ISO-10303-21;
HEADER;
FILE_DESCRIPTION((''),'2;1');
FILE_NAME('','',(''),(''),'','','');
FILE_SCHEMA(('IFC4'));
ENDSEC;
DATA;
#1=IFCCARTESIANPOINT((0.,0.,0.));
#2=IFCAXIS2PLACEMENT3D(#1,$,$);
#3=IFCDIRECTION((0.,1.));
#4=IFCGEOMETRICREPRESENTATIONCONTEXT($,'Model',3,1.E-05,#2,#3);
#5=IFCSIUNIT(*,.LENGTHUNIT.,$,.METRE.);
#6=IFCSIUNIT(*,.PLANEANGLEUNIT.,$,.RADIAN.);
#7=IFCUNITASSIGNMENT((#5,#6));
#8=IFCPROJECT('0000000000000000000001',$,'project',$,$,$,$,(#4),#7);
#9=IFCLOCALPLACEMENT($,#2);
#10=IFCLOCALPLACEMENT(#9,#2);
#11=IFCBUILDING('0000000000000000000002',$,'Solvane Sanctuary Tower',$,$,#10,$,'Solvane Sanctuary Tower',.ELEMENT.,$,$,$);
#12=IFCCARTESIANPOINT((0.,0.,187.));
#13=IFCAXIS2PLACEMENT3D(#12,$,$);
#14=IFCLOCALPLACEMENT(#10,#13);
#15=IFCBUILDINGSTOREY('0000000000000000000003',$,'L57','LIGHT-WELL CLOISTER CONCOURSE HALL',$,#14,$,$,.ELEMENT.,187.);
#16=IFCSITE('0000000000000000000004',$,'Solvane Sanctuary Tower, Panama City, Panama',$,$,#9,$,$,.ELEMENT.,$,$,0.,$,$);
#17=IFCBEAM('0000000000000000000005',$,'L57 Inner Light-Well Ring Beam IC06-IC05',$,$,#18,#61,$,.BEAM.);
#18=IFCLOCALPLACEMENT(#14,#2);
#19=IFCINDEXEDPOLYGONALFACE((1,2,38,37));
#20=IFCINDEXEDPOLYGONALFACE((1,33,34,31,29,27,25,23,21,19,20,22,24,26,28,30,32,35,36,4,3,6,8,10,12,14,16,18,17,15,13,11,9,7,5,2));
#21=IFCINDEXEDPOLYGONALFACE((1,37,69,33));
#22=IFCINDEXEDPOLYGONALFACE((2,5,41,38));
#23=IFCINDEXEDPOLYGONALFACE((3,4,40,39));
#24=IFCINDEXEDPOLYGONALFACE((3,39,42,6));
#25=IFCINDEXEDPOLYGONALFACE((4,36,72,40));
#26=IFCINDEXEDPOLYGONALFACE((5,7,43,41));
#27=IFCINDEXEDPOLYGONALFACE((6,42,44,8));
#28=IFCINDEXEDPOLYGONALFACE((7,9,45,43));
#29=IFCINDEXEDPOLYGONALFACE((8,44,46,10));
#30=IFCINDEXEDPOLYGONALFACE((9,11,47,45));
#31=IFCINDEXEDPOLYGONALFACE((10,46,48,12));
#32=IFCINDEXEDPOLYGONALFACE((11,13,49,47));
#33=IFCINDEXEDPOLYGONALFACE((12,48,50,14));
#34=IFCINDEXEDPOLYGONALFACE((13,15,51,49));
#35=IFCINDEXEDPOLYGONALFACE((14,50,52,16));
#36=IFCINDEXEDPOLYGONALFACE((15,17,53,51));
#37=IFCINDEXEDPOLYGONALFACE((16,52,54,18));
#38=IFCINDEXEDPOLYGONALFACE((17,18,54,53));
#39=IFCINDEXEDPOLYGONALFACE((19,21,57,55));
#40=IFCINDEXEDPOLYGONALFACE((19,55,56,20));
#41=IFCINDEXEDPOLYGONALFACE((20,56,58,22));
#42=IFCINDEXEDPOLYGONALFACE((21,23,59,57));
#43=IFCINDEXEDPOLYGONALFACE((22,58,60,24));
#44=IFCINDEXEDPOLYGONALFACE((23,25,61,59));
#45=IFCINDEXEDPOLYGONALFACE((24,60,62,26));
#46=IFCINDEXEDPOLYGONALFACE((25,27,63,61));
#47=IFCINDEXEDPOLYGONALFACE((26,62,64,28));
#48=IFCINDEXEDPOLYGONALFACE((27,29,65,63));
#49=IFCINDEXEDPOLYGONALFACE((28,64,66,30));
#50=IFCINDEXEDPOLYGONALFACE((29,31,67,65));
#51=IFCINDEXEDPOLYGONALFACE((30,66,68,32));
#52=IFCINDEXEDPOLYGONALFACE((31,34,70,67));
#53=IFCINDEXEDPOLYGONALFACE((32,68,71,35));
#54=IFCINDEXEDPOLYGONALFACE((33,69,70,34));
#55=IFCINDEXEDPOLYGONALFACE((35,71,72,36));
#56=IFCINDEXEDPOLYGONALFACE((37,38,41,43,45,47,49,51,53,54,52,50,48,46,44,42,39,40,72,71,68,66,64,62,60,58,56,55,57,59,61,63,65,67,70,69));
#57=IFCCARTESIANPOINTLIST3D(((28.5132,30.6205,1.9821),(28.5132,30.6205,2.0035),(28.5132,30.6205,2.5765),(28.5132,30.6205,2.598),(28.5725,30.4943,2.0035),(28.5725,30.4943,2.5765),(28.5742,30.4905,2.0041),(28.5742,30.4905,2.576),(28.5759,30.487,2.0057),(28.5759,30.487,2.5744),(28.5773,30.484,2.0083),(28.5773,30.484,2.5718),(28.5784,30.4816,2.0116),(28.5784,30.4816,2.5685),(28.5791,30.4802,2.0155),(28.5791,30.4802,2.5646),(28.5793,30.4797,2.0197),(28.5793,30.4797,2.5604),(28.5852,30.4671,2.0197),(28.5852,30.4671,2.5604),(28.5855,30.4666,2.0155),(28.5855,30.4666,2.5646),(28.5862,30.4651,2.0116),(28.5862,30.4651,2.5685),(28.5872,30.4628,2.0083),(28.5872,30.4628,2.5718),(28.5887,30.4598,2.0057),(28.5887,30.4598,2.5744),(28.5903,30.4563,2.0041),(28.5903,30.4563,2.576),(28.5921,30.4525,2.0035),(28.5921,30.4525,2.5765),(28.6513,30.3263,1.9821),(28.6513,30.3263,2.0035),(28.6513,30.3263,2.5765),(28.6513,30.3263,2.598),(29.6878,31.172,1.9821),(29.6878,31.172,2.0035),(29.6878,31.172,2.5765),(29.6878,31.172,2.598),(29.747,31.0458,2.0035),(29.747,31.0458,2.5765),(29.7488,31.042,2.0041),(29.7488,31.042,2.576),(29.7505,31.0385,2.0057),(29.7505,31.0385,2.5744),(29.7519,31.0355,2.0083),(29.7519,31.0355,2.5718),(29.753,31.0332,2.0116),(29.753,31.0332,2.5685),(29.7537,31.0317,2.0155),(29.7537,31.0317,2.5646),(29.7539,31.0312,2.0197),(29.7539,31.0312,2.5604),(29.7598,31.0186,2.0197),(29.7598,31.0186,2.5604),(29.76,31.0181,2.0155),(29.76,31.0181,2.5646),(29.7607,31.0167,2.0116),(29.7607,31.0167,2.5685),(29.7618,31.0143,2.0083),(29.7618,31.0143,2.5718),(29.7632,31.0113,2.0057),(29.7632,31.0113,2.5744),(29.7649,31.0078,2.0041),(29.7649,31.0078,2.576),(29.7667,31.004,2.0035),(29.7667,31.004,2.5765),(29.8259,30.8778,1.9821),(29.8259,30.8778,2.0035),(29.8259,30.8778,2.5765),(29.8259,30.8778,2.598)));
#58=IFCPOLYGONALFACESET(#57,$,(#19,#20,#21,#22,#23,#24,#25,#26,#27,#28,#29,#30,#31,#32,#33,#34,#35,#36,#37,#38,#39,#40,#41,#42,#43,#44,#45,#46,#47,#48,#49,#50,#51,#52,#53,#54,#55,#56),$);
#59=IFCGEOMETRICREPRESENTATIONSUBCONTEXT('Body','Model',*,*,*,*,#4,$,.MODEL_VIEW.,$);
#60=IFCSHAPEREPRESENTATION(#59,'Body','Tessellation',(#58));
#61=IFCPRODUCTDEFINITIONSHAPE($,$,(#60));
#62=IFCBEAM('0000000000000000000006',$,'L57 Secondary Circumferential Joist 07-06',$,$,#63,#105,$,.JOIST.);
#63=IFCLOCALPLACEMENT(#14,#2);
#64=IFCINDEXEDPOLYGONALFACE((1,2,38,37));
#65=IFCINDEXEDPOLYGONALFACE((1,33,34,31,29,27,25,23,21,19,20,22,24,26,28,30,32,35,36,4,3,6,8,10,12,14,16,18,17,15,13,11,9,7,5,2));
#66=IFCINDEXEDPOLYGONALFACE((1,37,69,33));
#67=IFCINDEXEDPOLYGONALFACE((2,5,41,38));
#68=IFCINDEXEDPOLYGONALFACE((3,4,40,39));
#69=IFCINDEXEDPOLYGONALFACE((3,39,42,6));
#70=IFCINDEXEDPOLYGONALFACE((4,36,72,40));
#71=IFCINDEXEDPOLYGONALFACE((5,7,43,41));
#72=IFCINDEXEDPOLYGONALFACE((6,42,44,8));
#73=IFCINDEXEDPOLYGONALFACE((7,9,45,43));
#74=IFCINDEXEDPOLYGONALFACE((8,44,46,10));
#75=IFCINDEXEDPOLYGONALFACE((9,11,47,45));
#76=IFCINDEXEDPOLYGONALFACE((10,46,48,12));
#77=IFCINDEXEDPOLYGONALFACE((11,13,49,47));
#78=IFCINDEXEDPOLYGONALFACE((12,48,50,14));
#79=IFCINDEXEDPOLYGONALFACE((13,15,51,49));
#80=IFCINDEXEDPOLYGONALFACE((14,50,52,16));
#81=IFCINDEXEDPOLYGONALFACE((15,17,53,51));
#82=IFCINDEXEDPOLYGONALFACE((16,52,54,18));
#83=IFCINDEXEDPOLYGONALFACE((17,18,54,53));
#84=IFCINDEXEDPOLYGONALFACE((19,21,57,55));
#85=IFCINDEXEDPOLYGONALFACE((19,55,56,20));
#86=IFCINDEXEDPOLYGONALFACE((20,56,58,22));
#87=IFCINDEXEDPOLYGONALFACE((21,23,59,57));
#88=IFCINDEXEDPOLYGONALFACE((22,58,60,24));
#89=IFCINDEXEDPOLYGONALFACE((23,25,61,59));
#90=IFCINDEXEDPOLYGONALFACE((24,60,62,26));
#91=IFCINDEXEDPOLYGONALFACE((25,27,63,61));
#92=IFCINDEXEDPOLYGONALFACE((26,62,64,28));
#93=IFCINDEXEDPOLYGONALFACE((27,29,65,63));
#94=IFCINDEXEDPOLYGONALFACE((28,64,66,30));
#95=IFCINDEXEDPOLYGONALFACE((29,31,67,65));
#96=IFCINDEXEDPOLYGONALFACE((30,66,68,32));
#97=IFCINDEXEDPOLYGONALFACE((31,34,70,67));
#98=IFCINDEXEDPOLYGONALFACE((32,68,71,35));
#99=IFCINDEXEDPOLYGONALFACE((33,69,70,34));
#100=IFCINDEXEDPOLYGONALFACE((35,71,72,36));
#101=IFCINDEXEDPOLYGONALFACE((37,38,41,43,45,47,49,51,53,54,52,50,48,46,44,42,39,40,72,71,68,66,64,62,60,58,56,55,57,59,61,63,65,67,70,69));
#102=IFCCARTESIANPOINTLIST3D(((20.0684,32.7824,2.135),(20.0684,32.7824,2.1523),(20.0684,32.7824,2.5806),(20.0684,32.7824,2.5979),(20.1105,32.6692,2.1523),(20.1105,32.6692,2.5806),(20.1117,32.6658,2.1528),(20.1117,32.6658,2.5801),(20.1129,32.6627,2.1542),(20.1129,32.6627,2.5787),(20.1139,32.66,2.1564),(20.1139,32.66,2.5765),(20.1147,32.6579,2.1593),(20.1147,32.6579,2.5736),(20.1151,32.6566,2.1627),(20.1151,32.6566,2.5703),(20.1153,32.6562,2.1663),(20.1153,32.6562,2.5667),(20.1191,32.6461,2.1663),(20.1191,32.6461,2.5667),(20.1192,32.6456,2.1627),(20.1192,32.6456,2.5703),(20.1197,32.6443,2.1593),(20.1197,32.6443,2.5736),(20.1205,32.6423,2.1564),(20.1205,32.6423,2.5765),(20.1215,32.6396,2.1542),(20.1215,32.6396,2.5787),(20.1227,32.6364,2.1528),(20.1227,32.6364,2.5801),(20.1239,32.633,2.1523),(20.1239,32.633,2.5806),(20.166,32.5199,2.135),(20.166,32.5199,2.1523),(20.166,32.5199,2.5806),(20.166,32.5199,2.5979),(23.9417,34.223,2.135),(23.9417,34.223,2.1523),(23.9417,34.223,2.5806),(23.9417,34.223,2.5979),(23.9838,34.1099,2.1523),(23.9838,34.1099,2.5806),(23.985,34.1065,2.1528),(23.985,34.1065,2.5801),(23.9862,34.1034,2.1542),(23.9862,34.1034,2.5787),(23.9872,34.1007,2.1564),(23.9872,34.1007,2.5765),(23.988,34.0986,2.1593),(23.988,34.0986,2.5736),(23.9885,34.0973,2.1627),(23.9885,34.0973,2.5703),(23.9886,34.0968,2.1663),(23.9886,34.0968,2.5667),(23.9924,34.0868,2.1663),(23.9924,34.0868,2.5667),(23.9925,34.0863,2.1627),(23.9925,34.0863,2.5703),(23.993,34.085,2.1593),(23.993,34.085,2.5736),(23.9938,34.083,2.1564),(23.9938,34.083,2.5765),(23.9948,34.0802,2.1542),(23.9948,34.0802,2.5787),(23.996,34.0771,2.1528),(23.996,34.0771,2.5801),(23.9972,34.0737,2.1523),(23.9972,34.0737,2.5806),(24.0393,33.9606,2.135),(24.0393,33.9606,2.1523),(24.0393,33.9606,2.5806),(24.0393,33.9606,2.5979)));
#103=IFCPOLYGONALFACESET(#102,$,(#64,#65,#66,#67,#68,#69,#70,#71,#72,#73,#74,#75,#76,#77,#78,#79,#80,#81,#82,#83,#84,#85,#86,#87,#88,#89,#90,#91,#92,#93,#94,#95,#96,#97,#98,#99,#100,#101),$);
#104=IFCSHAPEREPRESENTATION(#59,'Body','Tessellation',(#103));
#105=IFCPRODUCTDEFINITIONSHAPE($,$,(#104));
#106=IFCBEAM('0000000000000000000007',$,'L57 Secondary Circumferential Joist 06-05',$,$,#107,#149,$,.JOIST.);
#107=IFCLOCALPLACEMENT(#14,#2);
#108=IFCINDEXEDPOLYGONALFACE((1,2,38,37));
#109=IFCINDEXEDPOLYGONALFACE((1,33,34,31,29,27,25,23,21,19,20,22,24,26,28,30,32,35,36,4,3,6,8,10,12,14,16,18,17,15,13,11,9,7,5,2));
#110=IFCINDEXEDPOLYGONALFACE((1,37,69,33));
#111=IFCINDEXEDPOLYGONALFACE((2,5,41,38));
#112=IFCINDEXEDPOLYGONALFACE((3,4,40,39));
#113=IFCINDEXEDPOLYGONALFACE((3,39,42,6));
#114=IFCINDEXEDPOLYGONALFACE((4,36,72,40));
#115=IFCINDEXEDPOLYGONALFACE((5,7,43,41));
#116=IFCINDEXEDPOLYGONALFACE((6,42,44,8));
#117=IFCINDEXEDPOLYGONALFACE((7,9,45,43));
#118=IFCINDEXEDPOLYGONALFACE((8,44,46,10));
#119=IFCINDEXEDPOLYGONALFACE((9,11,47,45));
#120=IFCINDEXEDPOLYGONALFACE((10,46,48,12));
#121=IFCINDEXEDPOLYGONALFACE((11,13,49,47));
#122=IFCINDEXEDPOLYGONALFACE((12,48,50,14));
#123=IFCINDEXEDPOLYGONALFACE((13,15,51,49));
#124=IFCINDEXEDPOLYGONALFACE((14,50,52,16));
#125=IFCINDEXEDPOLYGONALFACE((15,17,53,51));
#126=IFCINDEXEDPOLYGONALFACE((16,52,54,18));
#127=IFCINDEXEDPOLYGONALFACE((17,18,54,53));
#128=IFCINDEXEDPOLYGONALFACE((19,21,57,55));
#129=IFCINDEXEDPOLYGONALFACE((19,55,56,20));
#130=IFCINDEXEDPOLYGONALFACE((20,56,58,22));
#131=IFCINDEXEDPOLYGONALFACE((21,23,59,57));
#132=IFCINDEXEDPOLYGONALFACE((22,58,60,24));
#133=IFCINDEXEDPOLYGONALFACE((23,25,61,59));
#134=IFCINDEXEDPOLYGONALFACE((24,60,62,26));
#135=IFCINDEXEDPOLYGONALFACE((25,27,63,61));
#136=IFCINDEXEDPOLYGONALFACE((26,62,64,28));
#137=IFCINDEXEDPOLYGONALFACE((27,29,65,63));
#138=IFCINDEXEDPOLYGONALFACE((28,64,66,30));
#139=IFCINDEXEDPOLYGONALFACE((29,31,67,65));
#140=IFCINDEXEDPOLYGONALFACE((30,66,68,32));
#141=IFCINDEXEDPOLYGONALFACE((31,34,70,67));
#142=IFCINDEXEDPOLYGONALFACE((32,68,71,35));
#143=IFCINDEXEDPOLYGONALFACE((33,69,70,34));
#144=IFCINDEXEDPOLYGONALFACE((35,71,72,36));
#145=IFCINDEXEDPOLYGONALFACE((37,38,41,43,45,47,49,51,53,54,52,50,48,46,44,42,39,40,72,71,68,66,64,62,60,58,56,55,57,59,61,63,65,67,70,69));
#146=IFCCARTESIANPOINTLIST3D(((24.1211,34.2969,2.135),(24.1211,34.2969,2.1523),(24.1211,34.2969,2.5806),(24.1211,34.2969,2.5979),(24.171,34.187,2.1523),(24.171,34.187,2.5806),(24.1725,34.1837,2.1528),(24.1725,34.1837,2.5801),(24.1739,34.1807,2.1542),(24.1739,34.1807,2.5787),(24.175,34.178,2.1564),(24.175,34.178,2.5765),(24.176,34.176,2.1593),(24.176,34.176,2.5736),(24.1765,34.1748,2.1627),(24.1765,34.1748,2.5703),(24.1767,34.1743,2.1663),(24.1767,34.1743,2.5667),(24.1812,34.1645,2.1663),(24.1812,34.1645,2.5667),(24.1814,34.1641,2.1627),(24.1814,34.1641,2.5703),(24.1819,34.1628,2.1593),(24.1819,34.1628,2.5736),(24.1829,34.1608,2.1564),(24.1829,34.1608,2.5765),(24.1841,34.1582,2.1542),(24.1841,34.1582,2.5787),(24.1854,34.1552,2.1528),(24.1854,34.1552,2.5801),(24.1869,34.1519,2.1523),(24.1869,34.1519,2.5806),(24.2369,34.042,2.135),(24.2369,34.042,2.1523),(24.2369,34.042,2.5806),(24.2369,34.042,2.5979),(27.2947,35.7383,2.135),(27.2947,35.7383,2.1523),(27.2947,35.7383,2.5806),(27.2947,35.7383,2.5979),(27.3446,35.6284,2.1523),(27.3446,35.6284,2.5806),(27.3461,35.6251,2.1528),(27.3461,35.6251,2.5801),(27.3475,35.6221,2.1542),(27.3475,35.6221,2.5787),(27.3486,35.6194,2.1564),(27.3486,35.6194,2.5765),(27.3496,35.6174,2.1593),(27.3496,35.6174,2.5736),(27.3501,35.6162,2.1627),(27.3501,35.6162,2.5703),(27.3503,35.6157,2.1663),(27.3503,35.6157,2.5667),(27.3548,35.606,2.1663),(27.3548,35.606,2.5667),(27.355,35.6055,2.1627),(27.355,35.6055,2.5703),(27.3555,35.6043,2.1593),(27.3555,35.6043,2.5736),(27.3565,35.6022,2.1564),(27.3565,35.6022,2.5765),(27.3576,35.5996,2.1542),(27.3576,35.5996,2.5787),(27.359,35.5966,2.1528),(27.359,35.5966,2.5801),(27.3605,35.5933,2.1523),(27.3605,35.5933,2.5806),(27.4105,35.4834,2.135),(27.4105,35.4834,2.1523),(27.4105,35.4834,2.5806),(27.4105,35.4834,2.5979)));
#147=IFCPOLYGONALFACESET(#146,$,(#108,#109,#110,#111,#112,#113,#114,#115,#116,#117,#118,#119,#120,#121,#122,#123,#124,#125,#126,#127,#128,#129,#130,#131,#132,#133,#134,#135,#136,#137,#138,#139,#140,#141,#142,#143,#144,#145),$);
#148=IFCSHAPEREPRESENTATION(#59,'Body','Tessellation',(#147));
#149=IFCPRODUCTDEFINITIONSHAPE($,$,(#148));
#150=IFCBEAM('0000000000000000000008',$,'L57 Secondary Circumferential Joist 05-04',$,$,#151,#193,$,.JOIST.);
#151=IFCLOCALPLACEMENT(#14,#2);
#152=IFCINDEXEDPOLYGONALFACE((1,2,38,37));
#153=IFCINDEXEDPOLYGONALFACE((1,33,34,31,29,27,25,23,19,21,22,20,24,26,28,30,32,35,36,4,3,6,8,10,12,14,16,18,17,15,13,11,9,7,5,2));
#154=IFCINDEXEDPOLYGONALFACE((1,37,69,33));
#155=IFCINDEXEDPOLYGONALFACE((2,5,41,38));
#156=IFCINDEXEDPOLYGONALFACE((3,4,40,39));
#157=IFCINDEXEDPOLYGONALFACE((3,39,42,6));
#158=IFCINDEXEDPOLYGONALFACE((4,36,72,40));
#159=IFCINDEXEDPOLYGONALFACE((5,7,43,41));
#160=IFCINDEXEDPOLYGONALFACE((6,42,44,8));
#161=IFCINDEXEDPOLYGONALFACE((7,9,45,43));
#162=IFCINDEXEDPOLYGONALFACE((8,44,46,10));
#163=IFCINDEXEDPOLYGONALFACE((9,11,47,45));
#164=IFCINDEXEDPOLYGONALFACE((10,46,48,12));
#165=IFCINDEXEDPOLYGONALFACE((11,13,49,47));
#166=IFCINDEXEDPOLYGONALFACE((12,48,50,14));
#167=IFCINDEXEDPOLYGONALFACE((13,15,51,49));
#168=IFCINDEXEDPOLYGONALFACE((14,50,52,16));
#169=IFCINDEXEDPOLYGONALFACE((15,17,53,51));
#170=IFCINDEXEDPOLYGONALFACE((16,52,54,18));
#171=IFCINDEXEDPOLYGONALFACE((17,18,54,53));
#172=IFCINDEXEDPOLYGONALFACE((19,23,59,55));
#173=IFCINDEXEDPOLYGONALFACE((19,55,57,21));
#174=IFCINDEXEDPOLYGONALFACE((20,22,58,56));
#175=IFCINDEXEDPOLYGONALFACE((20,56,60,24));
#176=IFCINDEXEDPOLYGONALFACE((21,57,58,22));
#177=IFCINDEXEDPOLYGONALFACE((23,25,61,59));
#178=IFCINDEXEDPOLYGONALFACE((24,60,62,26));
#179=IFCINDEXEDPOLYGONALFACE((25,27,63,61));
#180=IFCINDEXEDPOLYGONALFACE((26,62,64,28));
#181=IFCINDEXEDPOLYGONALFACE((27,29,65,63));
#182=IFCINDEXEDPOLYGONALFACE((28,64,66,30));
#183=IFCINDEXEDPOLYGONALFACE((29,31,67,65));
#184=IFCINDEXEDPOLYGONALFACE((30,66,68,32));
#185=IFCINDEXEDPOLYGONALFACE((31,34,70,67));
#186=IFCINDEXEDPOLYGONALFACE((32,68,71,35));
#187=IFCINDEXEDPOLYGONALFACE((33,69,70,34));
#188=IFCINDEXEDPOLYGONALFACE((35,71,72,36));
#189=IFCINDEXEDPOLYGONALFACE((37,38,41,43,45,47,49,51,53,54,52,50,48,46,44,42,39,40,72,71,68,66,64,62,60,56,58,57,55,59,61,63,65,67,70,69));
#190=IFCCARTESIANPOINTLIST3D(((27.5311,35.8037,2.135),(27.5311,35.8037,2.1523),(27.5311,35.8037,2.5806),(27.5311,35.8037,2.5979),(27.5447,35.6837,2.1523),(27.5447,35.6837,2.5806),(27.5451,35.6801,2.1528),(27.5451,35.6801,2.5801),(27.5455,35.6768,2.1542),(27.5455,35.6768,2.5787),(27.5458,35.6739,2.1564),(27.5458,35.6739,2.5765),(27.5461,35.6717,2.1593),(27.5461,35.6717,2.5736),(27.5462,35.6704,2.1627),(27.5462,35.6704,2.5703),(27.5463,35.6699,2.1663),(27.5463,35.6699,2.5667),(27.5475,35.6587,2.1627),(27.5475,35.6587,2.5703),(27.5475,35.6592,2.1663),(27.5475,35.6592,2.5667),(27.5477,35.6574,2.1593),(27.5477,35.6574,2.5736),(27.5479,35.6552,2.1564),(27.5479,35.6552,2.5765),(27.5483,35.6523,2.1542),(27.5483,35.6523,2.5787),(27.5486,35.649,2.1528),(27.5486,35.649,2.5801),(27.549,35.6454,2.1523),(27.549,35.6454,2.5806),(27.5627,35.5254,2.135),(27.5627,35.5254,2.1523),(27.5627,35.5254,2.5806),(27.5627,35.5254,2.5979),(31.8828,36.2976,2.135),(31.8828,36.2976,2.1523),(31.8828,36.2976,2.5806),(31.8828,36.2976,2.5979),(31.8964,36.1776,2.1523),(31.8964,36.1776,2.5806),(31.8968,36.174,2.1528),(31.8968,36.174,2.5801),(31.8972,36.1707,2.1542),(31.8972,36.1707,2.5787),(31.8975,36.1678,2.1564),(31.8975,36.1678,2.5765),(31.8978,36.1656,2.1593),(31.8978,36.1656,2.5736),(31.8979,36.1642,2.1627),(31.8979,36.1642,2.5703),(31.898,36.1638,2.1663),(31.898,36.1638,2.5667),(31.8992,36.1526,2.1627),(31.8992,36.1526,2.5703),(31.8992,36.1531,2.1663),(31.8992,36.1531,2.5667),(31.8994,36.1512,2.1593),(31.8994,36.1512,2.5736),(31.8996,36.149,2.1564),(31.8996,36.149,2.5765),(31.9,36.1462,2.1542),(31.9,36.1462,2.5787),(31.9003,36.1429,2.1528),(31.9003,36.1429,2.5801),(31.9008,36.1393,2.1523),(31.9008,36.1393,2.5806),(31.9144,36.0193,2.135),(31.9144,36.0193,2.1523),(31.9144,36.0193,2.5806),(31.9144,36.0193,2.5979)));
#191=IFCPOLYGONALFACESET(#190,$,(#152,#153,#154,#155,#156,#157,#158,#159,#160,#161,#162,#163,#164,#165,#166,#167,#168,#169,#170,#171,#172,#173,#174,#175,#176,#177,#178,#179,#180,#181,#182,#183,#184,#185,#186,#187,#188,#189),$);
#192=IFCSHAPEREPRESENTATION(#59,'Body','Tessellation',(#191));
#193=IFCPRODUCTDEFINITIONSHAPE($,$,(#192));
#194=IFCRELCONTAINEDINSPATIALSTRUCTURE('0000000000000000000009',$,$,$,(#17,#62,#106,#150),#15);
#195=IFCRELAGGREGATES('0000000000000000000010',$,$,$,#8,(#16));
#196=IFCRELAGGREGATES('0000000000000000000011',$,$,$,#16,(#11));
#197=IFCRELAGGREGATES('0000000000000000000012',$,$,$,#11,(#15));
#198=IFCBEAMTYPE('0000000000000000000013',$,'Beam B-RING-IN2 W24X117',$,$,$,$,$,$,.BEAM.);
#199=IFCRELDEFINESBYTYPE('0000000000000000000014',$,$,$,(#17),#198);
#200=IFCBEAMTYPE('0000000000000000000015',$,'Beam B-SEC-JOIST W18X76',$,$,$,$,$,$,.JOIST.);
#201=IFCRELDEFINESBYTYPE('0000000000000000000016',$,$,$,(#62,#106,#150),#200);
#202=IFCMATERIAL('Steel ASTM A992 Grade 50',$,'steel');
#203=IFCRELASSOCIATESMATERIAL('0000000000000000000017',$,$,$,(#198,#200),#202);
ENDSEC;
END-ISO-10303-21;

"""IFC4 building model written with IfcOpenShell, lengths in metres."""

from ifc_helpers import new_model, si_unit, direction, frame, origin, origin_2d, place, context, subcontext, project, spatial, i_section, extrude, material, material_profile, profile_set, type_object, element, save


model = new_model("IFC4")

# Units and contexts
model_context = context("Model", 3, precision=1e-05, world=origin(), true_north=direction((0.0, 1.0)))
body_context = subcontext(model_context, "Body", "Model", "MODEL_VIEW")
ifc_project = project(units=[si_unit("LENGTHUNIT", "METRE"), si_unit("PLANEANGLEUNIT", "RADIAN")], contexts=[model_context])

# Site, building, storey
site_placement = place(None, origin())
site = spatial("IfcSite", under=ifc_project, at=site_placement, Name="Solvane Sanctuary Tower, Panama City, Panama", CompositionType="ELEMENT", RefElevation=0.0)
building_placement = place(site_placement, origin())
building = spatial("IfcBuilding", under=site, at=building_placement, Name="Solvane Sanctuary Tower", LongName="Solvane Sanctuary Tower", CompositionType="ELEMENT")
storey_placement = place(building_placement, frame((0.0, 0.0, 187.0)))
storey = spatial("IfcBuildingStorey", under=building, at=storey_placement, Name="L57", Description="LIGHT-WELL CLOISTER CONCOURSE HALL", CompositionType="ELEMENT", Elevation=187.0)

# Beams
ifc_material_1 = material(Name="Steel ASTM A992 Grade 50", Category="steel")
ifc_material_profile_1 = material_profile(ifc_material_1, i_section(OverallWidth=0.325, OverallDepth=0.616, WebThickness=0.0139, FlangeThickness=0.0215, FilletRadius=0.0161, at=origin_2d()), Name="W24X117")
ifc_profile_set_1 = profile_set([ifc_material_profile_1], Name="Steel ASTM A992 Grade 50")
beam_type_1 = type_object("IfcBeamType", Name="Beam B-RING-IN2 W24X117", PredefinedType="BEAM", material=ifc_profile_set_1)
beam_1_placement = place(storey_placement, frame((28.5823, 30.4734, 2.29), z_axis=(0.905181, 0.425027, 0.0), x_axis=(-0.425027, 0.905181, 0.0)))
element("IfcBeam", 1, at=beam_1_placement, inside=storey, type_object=beam_type_1, Name="L57 Inner Light-Well Ring Beam IC06-IC05", PredefinedType="BEAM", context=body_context, shape_type="SweptSolid", body=[
    extrude(i_section(OverallWidth=0.325, OverallDepth=0.616, WebThickness=0.0139, FlangeThickness=0.0215, FilletRadius=0.0161, at=origin_2d()), origin(), (0.0, 0.0, 1.0), 1.2976),
])
ifc_material_profile_2 = material_profile(ifc_material_1, i_section(OverallWidth=0.28, OverallDepth=0.4629, WebThickness=0.0107, FlangeThickness=0.0173, FilletRadius=0.0139, at=origin_2d()), Name="W18X76")
ifc_profile_set_2 = profile_set([ifc_material_profile_2], Name="Steel ASTM A992 Grade 50")
beam_type_2 = type_object("IfcBeamType", Name="Beam B-SEC-JOIST W18X76", PredefinedType="JOIST", material=ifc_profile_set_2)
beam_2_placement = place(storey_placement, frame((20.1172, 32.6511, 2.3665), z_axis=(0.937265, 0.348617, 0.0), x_axis=(-0.348617, 0.937265, 0.0)))
element("IfcBeam", 2, at=beam_2_placement, inside=storey, type_object=beam_type_2, Name="L57 Secondary Circumferential Joist 07-06", PredefinedType="JOIST", context=body_context, shape_type="SweptSolid", body=[
    extrude(i_section(OverallWidth=0.28, OverallDepth=0.4629, WebThickness=0.0107, FlangeThickness=0.0173, FilletRadius=0.0139, at=origin_2d()), origin(), (0.0, 0.0, 1.0), 4.1326),
])
beam_3_placement = place(storey_placement, frame((24.179, 34.1694, 2.3665), z_axis=(0.910489, 0.413534, 0.0), x_axis=(-0.413534, 0.910489, 0.0)))
element("IfcBeam", 3, at=beam_3_placement, inside=storey, type_object=beam_type_2, Name="L57 Secondary Circumferential Joist 06-05", PredefinedType="JOIST", context=body_context, shape_type="SweptSolid", body=[
    extrude(i_section(OverallWidth=0.28, OverallDepth=0.4629, WebThickness=0.0107, FlangeThickness=0.0173, FilletRadius=0.0139, at=origin_2d()), origin(), (0.0, 0.0, 1.0), 3.4856),
])
beam_4_placement = place(storey_placement, frame((27.5469, 35.6646, 2.3665), z_axis=(0.993621, 0.112768, 0.0), x_axis=(-0.112768, 0.993621, 0.0)))
element("IfcBeam", 4, at=beam_4_placement, inside=storey, type_object=beam_type_2, Name="L57 Secondary Circumferential Joist 05-04", PredefinedType="JOIST", context=body_context, shape_type="SweptSolid", body=[
    extrude(i_section(OverallWidth=0.28, OverallDepth=0.4629, WebThickness=0.0107, FlangeThickness=0.0173, FilletRadius=0.0139, at=origin_2d()), origin(), (0.0, 0.0, 1.0), 4.3796),
])

save(model, "model.ifc")
